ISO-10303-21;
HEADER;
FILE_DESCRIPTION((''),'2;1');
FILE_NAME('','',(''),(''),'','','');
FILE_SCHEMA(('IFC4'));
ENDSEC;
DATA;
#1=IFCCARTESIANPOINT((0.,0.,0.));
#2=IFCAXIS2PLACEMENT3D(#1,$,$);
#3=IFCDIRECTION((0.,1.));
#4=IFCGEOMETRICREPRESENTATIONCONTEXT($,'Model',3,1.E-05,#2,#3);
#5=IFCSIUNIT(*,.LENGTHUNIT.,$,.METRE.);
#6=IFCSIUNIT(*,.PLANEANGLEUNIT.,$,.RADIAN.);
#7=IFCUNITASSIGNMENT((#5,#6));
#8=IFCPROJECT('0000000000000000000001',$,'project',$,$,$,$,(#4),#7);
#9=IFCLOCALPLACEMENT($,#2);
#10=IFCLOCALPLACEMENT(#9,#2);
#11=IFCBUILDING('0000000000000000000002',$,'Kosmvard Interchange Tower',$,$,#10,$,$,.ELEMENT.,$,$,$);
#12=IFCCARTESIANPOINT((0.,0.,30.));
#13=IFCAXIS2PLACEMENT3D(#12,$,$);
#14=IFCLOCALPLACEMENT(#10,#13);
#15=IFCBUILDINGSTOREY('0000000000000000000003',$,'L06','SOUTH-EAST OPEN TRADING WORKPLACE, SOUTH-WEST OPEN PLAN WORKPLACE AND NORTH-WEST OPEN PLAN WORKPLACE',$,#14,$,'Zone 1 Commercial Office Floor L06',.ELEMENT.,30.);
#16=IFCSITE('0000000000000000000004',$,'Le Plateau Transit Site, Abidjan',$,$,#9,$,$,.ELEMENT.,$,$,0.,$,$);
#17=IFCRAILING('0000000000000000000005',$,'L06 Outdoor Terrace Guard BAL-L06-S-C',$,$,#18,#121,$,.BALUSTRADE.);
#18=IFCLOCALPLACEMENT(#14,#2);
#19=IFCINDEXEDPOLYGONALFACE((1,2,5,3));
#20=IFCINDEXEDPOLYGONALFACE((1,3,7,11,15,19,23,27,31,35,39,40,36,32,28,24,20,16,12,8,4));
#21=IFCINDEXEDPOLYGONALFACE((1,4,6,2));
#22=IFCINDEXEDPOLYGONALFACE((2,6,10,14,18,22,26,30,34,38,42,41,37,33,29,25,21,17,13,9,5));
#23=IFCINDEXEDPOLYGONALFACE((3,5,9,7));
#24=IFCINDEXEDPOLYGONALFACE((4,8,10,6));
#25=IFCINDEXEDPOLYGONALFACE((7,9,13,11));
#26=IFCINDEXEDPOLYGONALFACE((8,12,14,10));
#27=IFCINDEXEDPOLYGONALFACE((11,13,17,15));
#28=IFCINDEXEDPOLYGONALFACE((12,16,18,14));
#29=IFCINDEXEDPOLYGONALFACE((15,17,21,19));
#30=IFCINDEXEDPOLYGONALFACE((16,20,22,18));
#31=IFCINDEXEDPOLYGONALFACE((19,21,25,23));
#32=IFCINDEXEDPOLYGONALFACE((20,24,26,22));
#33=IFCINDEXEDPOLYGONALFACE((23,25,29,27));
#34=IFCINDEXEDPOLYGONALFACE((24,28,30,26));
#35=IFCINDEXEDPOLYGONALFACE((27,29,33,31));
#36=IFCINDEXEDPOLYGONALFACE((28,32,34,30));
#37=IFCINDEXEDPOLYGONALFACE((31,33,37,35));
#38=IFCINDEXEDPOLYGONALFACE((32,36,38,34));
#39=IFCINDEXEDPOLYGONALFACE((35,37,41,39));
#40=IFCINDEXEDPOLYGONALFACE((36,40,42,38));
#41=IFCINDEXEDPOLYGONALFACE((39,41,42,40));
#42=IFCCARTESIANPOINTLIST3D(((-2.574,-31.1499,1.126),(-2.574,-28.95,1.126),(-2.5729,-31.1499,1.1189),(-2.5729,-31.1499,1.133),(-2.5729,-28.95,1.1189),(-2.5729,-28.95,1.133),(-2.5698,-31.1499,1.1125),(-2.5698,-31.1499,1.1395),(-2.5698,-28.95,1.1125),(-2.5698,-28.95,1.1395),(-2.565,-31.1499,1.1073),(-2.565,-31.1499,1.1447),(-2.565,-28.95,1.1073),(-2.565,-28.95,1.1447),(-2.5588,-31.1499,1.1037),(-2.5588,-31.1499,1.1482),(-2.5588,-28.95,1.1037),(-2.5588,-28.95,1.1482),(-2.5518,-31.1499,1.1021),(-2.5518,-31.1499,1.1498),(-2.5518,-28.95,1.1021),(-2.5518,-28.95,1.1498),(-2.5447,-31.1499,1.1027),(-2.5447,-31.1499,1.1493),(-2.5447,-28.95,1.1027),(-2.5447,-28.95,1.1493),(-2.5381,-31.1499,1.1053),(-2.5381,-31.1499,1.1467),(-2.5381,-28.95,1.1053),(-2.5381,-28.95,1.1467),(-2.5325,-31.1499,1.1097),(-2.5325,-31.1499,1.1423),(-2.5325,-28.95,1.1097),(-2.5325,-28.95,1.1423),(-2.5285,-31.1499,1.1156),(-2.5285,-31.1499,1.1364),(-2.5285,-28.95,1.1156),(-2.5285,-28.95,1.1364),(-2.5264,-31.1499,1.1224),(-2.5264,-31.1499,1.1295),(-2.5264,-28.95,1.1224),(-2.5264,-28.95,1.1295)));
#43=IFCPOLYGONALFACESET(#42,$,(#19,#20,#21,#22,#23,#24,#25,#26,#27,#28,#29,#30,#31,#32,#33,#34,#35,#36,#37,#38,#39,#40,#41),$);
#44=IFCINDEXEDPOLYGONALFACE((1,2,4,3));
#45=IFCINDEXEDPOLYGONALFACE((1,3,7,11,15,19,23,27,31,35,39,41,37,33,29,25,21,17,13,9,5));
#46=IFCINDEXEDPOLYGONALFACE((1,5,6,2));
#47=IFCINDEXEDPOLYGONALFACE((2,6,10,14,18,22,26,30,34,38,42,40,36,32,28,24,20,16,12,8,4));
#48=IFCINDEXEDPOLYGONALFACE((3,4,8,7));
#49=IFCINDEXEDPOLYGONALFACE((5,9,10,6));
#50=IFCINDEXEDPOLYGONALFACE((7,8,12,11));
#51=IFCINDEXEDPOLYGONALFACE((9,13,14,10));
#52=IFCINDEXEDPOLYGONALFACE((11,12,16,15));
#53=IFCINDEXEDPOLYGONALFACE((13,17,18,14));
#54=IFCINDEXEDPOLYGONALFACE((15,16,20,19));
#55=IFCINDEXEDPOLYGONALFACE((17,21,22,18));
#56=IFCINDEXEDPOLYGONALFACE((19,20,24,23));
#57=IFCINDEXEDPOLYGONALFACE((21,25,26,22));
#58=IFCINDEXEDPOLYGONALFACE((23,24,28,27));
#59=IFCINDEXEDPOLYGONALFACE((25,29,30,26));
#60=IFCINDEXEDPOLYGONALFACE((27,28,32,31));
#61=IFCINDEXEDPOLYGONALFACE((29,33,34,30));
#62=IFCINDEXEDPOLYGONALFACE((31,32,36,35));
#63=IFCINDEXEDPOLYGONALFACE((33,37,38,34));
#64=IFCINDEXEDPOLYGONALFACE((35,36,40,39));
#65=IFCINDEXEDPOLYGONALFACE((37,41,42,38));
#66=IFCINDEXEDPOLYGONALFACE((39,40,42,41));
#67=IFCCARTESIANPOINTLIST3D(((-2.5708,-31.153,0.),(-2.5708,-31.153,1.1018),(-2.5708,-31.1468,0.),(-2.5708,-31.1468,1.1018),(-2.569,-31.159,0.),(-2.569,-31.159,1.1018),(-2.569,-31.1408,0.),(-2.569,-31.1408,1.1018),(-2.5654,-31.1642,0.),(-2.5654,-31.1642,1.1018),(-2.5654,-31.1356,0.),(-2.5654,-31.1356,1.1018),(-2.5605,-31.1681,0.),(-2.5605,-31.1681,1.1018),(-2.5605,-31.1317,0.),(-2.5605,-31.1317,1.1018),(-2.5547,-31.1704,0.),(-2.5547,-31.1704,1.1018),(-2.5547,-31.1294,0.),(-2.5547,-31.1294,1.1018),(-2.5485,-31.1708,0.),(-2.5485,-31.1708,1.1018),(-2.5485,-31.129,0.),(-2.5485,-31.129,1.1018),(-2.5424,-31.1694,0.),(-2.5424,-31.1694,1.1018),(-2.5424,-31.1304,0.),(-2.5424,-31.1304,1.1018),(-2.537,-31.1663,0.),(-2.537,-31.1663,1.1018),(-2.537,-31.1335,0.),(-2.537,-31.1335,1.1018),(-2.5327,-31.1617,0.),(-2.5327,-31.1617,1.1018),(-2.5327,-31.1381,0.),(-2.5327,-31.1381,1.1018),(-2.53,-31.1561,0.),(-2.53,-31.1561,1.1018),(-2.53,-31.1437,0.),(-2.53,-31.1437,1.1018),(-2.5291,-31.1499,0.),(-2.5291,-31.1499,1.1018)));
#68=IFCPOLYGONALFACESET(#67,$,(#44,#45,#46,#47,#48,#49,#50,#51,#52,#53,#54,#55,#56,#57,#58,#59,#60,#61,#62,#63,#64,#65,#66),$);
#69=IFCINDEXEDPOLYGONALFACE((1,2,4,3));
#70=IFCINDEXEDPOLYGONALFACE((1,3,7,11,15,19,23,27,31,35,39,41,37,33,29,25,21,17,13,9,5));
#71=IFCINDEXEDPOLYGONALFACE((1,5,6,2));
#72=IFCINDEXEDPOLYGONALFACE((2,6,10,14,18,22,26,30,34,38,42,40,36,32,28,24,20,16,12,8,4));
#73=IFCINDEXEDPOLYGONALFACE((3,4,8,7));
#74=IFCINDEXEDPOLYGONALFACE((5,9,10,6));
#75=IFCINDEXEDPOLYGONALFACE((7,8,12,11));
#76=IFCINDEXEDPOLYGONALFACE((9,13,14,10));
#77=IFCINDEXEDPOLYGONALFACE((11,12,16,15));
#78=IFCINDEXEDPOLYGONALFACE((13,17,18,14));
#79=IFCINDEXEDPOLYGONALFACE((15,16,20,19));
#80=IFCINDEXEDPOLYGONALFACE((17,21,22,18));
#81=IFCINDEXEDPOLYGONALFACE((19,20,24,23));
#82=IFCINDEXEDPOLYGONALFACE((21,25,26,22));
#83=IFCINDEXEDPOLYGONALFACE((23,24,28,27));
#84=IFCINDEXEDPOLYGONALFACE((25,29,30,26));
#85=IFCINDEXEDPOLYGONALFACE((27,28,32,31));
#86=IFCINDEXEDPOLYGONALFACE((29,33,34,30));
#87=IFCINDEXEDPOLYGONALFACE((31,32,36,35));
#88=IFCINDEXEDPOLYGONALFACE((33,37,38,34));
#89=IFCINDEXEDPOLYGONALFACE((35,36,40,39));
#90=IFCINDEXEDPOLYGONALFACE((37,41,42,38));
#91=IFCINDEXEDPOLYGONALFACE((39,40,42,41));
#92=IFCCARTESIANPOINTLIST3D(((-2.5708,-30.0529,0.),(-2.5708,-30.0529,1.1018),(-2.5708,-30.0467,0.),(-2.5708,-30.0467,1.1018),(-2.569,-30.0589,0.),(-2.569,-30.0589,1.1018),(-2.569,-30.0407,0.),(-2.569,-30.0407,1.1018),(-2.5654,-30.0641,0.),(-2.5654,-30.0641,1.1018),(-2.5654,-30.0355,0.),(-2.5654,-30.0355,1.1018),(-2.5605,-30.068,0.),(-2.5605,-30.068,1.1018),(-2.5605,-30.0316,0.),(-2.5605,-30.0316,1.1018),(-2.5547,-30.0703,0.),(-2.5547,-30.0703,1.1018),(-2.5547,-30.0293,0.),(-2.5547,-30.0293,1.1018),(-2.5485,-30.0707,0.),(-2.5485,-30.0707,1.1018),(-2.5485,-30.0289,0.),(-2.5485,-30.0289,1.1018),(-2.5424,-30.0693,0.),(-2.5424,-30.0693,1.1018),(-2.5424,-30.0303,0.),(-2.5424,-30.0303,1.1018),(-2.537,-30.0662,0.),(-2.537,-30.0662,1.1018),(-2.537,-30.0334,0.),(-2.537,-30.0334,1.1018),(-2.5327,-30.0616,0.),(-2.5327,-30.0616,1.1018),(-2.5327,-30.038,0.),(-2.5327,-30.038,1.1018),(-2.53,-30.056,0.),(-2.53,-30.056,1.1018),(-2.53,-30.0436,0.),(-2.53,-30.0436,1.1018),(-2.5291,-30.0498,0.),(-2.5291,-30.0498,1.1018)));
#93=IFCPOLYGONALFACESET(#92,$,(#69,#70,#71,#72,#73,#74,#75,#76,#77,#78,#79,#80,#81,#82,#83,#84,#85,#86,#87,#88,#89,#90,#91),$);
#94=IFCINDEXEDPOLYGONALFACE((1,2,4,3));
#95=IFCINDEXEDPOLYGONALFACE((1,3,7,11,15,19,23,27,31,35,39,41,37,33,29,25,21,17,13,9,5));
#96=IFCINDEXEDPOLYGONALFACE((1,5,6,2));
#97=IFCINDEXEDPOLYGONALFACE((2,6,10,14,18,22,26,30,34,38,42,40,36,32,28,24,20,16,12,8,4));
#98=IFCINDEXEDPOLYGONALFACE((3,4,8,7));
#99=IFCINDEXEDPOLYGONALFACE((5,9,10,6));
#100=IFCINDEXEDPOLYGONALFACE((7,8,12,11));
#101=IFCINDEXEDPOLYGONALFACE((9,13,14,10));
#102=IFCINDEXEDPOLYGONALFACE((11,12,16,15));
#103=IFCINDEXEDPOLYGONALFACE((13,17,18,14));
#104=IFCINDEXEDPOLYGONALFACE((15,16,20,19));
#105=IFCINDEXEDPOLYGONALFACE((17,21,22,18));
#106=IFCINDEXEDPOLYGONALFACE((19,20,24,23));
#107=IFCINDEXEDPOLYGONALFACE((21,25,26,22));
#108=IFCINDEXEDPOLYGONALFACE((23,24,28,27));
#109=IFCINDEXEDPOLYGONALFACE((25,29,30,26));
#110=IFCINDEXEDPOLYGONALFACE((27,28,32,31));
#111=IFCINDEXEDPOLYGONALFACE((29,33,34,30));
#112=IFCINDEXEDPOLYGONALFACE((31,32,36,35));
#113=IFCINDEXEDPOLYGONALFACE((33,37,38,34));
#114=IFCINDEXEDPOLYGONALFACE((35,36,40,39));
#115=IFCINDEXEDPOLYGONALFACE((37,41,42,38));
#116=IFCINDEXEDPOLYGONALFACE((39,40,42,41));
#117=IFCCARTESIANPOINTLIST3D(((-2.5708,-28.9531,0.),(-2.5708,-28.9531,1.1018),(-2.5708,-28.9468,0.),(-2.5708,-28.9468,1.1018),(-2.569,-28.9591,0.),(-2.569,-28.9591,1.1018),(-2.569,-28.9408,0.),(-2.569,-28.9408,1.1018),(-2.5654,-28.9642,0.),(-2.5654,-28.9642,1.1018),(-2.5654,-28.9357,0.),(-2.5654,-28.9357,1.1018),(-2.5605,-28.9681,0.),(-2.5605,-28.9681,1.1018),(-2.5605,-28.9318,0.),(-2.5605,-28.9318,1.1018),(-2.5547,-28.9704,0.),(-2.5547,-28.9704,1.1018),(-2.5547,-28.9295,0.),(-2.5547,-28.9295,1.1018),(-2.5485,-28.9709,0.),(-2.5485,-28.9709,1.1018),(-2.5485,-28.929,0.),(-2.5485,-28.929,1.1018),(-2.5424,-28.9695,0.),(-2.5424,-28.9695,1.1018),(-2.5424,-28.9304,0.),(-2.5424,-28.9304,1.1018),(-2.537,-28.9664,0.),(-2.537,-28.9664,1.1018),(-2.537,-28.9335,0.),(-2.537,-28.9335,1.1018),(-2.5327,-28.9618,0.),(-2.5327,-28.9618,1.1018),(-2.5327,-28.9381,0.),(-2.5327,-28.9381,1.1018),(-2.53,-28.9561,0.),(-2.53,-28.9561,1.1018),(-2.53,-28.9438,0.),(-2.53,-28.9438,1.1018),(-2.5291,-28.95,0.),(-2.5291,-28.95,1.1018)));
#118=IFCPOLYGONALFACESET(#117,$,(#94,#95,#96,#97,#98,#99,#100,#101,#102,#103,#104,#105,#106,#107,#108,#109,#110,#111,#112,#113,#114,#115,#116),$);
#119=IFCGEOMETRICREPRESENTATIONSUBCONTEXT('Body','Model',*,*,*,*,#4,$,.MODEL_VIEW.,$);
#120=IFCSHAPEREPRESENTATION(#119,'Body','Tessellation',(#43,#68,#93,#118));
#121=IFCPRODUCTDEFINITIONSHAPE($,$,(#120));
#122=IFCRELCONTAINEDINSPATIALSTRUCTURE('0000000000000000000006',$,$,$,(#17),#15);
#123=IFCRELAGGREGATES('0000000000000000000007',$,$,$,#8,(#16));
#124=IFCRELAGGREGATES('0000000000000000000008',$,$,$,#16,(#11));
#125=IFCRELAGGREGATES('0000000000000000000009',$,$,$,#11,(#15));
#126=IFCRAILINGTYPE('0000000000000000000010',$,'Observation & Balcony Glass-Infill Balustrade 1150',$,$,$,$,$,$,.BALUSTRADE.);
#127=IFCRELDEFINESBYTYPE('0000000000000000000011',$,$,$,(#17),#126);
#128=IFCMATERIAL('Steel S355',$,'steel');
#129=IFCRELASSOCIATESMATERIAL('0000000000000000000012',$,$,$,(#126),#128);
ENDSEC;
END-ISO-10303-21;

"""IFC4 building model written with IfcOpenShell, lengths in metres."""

from ifc_helpers import new_model, si_unit, direction, frame, origin, origin_2d, place, context, subcontext, project, spatial, circle, extrude, source, transform, mapped, material, type_object, element, save


model = new_model("IFC4")

# Units and contexts
model_context = context("Model", 3, precision=1e-05, world=origin(), true_north=direction((0.0, 1.0)))
body_context = subcontext(model_context, "Body", "Model", "MODEL_VIEW")
ifc_project = project(units=[si_unit("LENGTHUNIT", "METRE"), si_unit("PLANEANGLEUNIT", "RADIAN")], contexts=[model_context])

# Site, building, storey
site_placement = place(None, origin())
site = spatial("IfcSite", under=ifc_project, at=site_placement, Name="Le Plateau Transit Site, Abidjan", CompositionType="ELEMENT", RefElevation=0.0)
building_placement = place(site_placement, origin())
building = spatial("IfcBuilding", under=site, at=building_placement, Name="Kosmvard Interchange Tower", CompositionType="ELEMENT")
storey_placement = place(building_placement, frame((0.0, 0.0, 30.0)))
storey = spatial("IfcBuildingStorey", under=building, at=storey_placement, Name="L06", Description="SOUTH-EAST OPEN TRADING WORKPLACE, SOUTH-WEST OPEN PLAN WORKPLACE AND NORTH-WEST OPEN PLAN WORKPLACE", LongName="Zone 1 Commercial Office Floor L06", CompositionType="ELEMENT", Elevation=30.0)

# Shared definitions
ifc_material_1 = material(Name="Steel S355", Category="steel")

# Railing
railing_type = type_object("IfcRailingType", Name="Observation & Balcony Glass-Infill Balustrade 1150", PredefinedType="BALUSTRADE", material=ifc_material_1)
shared_shape_1 = source(origin(), body_context, "Body", "SweptSolid", [
    extrude(circle(Radius=0.0239, at=origin_2d()), frame((0.0, 0.0, 1.126), z_axis=(0.0, 1.0, 0.0), x_axis=(-1.0, 0.0, 0.0)), (0.0, 0.0, 1.0), 2.2),
    extrude(circle(Radius=0.021, at=origin_2d()), origin(), (0.0, 0.0, 1.0), 1.1018),
    extrude(circle(Radius=0.021, at=origin_2d()), frame((0.0, 1.1001, 0.0)), (0.0, 0.0, 1.0), 1.1018),
    extrude(circle(Radius=0.021, at=origin_2d()), frame((0.0, 2.2, 0.0)), (0.0, 0.0, 1.0), 1.1018),
])
railing_placement = place(storey_placement, frame((-2.55, -31.1499, 0.0)))
element("IfcRailing", 1, at=railing_placement, inside=storey, type_object=railing_type, Name="L06 Outdoor Terrace Guard BAL-L06-S-C", PredefinedType="BALUSTRADE", context=body_context, shape_type="MappedRepresentation", body=[
    mapped(shared_shape_1, transform((0.0, 0.0, 0.0), scale=1.0)),
])

save(model, "model.ifc")
